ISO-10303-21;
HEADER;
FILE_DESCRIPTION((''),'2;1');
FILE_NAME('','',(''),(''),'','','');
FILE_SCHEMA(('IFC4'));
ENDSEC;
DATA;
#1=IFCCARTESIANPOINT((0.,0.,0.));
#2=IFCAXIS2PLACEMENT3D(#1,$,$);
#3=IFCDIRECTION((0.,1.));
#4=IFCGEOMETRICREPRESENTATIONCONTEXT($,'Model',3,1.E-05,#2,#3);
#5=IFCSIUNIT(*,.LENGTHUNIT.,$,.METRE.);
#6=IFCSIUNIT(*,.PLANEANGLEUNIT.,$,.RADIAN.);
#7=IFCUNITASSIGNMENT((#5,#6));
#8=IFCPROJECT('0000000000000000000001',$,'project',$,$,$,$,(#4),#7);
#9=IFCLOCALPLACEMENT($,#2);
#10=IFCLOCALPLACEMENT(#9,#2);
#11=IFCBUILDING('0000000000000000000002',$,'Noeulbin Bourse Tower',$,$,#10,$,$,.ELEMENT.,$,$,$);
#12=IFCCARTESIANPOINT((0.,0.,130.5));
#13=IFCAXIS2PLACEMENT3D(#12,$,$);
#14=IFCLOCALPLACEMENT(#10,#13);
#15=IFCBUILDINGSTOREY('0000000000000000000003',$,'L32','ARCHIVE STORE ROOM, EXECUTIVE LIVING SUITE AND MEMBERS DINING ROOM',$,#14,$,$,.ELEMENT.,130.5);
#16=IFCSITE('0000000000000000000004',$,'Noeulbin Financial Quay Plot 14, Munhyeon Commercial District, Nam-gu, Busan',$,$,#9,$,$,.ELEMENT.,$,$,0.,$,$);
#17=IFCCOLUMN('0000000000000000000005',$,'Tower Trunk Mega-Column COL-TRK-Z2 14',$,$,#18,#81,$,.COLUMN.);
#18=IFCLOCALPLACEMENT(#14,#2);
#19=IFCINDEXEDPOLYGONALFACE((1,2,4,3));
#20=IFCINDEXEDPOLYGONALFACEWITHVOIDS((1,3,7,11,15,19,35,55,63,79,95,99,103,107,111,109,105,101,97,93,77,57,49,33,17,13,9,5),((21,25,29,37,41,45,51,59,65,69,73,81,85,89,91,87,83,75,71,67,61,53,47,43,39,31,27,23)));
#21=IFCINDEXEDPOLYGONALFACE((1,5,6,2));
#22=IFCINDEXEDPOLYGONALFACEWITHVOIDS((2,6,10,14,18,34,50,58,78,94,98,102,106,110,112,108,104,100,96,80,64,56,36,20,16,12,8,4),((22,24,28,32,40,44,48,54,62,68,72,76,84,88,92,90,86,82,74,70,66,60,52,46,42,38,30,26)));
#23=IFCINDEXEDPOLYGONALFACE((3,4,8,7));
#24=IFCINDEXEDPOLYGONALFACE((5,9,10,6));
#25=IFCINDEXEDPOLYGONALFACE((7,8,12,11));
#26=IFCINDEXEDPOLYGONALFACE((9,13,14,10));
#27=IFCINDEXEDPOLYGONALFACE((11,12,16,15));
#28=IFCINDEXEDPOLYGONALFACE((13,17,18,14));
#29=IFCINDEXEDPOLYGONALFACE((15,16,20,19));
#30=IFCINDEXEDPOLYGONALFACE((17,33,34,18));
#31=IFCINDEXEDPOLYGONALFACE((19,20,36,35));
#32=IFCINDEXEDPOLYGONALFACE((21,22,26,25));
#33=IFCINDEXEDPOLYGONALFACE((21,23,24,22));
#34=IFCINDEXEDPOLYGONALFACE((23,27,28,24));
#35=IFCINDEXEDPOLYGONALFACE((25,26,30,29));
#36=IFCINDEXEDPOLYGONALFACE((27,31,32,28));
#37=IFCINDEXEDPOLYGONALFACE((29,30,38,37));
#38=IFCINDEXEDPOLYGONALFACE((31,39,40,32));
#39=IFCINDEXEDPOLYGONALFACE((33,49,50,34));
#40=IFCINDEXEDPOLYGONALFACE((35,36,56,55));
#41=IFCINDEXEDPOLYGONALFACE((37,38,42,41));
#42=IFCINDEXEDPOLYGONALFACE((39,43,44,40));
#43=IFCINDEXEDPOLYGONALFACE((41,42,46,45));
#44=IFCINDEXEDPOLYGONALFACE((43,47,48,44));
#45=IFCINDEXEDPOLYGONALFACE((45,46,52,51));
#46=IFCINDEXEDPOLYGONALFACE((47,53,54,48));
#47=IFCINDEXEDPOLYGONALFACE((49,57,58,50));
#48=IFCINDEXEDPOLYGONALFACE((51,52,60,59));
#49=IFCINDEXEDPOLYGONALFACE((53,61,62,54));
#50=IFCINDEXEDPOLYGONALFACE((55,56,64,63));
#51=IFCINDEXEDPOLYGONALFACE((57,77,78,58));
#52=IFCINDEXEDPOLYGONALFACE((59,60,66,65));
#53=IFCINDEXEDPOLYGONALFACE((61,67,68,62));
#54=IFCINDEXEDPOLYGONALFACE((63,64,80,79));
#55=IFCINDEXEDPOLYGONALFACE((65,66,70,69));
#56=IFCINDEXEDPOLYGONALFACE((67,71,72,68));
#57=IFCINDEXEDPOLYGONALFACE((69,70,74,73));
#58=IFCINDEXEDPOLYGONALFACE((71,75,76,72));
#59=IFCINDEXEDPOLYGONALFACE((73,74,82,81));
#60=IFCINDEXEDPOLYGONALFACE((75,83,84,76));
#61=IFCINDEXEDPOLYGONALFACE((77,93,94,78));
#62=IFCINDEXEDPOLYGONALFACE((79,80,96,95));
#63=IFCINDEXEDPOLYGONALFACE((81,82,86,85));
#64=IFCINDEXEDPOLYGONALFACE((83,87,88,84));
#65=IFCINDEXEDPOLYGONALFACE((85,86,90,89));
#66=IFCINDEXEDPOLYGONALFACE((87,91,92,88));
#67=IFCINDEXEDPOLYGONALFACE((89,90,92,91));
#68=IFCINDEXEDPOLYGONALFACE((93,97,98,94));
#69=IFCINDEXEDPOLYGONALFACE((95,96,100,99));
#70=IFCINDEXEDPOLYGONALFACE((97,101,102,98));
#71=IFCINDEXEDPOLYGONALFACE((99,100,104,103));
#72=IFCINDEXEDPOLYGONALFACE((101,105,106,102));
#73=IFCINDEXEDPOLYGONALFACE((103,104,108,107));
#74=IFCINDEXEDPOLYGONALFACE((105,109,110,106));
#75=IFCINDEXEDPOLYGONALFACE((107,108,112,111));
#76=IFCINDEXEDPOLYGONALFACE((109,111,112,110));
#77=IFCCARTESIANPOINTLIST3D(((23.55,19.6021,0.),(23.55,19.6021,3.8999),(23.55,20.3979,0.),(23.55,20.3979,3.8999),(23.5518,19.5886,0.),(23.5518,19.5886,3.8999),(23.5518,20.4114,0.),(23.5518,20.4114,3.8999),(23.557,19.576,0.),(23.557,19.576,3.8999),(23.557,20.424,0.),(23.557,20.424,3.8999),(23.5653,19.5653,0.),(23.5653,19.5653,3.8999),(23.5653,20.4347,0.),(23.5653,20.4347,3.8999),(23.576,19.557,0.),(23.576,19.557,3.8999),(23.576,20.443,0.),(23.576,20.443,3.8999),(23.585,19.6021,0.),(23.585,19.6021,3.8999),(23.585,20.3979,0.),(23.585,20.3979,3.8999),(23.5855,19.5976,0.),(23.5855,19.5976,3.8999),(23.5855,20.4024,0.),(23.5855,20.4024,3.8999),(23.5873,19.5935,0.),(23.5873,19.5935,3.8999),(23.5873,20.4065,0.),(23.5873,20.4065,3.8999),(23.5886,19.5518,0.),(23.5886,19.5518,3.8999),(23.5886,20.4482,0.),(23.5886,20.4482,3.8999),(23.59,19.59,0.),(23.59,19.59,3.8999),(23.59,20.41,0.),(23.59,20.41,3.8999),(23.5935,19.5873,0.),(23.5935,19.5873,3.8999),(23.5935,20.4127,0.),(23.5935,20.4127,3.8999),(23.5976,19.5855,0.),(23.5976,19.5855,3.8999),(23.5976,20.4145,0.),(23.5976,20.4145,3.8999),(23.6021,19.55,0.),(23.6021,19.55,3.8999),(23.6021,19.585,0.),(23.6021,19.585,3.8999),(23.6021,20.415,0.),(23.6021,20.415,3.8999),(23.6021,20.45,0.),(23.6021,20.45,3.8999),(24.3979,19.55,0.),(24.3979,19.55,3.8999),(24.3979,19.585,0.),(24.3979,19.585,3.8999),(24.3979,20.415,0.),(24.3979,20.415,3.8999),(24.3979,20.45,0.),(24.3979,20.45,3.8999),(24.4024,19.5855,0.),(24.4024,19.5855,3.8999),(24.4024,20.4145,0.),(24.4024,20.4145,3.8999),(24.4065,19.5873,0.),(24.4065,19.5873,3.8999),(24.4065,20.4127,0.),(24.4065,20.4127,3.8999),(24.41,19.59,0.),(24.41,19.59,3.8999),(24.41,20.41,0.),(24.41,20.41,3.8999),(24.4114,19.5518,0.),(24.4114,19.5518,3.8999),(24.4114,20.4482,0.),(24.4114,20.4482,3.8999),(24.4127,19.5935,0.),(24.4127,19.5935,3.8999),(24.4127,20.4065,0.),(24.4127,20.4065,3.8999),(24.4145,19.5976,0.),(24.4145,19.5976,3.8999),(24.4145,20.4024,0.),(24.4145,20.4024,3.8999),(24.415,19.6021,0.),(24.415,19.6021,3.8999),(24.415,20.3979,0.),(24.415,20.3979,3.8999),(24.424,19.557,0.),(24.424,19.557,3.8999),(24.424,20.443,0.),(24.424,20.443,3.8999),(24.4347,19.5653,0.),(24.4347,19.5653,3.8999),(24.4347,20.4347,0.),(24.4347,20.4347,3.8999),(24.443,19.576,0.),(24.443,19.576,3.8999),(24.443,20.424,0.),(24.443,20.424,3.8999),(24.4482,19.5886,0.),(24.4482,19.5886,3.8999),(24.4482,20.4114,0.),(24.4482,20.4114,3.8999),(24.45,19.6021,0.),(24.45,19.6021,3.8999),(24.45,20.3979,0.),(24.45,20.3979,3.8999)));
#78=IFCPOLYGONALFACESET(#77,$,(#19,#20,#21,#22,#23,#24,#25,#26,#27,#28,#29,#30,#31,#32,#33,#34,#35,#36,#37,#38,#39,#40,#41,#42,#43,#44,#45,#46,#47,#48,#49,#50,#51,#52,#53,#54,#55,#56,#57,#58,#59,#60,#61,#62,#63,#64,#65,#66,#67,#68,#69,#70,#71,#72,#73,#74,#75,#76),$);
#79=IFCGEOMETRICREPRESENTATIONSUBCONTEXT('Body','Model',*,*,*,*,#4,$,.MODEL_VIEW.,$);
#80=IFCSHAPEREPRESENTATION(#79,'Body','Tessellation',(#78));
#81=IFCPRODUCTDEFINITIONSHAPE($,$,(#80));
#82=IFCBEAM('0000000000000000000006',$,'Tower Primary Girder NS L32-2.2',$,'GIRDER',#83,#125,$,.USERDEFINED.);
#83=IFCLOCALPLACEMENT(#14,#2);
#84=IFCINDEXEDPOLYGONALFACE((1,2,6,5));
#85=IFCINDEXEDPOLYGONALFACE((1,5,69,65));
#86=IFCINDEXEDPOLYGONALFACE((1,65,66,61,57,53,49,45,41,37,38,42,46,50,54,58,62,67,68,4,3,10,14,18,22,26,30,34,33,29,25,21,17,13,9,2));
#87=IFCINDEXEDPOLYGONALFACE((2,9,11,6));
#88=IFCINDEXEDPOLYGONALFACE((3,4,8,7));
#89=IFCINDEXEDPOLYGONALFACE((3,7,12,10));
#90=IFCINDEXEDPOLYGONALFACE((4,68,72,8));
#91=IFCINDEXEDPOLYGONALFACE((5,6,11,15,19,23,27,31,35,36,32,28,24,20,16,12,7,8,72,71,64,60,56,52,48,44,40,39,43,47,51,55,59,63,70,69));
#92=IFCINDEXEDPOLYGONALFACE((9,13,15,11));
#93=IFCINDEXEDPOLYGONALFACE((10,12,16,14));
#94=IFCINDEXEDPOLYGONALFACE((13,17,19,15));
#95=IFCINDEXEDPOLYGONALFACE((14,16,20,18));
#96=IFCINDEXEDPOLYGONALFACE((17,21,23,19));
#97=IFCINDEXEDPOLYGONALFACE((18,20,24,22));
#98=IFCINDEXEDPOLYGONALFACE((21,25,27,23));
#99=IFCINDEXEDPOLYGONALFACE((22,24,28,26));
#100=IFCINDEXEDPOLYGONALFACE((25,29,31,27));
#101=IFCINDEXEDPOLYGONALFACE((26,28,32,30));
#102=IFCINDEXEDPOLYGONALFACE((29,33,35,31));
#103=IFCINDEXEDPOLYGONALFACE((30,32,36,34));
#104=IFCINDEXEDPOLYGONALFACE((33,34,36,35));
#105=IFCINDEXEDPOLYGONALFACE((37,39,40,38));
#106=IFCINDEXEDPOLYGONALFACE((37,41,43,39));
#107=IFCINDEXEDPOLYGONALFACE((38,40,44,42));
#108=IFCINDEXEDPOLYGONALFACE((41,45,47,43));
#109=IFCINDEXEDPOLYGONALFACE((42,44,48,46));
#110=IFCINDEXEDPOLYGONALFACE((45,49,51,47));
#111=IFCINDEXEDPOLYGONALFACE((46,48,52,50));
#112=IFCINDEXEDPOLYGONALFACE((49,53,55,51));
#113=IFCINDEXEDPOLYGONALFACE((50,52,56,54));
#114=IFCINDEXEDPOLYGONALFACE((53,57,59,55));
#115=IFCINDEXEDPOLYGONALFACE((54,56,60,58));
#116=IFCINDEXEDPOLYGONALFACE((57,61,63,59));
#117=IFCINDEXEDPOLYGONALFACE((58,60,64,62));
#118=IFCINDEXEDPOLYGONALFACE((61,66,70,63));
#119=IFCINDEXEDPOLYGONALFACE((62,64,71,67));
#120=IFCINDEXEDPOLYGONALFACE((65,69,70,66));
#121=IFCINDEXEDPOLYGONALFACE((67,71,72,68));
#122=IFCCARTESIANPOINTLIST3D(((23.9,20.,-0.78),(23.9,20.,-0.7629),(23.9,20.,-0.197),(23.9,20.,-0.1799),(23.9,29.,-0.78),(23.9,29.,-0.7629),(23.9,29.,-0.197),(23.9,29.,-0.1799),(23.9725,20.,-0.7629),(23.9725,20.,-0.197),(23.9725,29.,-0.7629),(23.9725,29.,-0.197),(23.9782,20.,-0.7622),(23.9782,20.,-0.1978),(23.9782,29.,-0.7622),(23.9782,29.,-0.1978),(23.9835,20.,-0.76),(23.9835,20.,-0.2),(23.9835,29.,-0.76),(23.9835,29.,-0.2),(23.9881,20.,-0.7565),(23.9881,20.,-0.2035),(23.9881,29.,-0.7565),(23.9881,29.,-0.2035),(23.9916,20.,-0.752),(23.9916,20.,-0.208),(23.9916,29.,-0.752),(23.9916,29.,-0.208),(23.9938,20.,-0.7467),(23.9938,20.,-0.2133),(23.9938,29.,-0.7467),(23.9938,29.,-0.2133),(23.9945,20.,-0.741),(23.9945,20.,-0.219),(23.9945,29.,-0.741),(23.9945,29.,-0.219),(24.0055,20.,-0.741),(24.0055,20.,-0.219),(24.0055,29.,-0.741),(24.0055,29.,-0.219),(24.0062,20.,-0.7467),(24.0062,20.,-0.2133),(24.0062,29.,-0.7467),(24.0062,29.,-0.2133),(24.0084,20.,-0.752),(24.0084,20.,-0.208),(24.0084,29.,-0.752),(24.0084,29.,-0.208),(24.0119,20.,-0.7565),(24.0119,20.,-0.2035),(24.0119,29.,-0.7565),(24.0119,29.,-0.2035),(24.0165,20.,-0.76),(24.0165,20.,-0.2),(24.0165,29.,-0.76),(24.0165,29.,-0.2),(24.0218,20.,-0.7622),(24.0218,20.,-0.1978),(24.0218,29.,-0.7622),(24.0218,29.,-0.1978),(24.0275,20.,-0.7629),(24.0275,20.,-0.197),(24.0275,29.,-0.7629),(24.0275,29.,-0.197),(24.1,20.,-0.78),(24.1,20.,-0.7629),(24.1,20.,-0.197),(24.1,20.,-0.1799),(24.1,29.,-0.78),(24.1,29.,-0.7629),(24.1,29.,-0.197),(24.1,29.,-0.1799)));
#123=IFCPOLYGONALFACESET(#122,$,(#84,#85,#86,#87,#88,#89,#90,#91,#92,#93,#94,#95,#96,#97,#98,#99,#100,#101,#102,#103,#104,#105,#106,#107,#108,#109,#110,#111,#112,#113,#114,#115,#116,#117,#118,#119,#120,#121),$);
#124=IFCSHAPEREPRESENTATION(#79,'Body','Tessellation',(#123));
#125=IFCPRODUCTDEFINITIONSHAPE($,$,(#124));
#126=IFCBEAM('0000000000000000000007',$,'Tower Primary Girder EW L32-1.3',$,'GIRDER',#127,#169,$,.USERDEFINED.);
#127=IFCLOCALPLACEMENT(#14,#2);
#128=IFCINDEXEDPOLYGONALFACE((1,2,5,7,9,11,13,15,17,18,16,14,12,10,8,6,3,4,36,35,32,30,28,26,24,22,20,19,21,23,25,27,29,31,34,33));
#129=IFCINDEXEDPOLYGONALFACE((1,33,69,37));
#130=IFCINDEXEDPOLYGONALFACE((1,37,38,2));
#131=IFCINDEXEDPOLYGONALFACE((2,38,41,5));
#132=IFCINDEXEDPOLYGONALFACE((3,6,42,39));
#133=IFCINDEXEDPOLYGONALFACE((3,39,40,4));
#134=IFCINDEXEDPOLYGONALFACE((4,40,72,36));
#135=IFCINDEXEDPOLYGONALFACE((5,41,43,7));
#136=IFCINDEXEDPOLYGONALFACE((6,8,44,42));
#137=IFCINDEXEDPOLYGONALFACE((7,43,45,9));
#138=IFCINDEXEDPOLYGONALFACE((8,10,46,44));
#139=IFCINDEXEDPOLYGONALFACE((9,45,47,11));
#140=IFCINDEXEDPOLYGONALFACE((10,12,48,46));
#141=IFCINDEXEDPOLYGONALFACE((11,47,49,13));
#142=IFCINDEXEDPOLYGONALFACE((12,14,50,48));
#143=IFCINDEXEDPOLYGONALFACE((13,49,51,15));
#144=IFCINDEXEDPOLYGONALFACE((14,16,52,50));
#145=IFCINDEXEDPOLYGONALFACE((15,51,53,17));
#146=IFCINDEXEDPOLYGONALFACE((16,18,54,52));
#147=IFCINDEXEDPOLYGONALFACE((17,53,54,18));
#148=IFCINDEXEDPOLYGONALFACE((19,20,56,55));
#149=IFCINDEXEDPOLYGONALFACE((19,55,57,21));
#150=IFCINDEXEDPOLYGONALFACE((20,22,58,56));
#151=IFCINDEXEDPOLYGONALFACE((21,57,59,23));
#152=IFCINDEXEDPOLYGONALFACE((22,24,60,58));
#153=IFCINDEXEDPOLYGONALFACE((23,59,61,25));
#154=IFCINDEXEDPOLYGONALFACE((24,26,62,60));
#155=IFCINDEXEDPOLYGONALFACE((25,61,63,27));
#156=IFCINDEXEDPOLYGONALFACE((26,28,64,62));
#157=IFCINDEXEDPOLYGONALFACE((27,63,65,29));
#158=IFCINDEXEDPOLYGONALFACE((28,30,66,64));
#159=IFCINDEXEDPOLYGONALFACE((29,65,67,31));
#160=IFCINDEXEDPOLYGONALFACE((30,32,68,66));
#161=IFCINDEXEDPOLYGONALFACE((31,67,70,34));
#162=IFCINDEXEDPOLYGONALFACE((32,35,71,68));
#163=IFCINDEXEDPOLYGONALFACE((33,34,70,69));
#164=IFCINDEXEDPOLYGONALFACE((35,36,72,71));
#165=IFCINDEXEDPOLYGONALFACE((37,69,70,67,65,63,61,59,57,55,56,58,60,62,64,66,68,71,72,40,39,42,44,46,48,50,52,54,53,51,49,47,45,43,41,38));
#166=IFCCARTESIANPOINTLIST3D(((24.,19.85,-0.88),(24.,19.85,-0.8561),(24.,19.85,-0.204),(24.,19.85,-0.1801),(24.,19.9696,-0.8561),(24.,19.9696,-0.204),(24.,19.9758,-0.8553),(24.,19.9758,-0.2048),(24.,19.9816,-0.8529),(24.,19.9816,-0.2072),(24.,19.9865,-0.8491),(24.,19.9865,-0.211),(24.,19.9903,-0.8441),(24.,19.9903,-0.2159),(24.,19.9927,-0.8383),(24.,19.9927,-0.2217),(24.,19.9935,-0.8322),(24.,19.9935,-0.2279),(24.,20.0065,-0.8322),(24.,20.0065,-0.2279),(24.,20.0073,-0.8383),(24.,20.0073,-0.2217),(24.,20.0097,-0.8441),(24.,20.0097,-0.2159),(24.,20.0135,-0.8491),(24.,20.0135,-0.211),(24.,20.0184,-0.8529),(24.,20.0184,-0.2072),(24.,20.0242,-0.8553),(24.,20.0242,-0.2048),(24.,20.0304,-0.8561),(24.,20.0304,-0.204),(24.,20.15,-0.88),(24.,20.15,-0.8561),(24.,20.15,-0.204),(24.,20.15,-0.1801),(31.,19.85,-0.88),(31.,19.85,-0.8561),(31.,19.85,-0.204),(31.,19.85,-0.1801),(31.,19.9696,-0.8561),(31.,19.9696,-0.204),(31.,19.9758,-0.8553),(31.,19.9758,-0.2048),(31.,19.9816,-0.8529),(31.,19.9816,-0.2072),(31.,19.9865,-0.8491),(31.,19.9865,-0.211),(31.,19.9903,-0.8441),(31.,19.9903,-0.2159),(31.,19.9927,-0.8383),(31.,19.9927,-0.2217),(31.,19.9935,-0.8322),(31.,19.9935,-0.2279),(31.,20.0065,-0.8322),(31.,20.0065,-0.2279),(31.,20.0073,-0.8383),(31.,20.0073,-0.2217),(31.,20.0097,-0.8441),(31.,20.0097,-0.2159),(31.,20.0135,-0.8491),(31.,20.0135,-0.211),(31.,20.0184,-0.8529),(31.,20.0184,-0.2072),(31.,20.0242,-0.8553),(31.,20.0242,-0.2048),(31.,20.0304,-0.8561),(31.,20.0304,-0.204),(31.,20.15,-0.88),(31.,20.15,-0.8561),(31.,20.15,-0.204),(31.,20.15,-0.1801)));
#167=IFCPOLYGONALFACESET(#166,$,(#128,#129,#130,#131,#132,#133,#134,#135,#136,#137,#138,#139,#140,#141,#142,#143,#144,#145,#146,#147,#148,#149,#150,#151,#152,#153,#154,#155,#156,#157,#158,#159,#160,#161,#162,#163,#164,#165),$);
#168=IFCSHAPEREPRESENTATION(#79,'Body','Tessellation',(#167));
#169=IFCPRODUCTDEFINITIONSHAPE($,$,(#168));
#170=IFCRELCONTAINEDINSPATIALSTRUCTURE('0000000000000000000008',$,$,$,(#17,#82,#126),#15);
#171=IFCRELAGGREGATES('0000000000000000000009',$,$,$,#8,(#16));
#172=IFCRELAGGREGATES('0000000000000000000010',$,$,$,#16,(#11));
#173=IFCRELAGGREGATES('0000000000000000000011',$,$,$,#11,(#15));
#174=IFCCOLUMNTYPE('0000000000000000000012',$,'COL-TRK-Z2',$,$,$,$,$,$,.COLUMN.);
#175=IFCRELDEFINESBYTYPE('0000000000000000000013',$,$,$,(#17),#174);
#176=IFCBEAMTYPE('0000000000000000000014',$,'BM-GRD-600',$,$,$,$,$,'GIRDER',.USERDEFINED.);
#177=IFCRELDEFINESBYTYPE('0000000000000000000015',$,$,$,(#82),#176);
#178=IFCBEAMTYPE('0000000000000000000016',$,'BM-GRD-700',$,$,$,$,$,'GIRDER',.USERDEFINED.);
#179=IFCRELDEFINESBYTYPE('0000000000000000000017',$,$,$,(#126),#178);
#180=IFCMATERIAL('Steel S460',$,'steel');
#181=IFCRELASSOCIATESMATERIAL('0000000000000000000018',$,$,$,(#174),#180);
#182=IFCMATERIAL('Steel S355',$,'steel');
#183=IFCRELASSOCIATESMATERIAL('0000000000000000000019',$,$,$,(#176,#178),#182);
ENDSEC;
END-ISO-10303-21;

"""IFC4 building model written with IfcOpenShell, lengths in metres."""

from ifc_helpers import new_model, si_unit, direction, frame, origin, origin_2d, place, context, subcontext, project, spatial, hollow_rectangle, i_section, extrude, material, material_profile, profile_set, type_object, element, save


model = new_model("IFC4")

# Units and contexts
model_context = context("Model", 3, precision=1e-05, world=origin(), true_north=direction((0.0, 1.0)))
body_context = subcontext(model_context, "Body", "Model", "MODEL_VIEW")
ifc_project = project(units=[si_unit("LENGTHUNIT", "METRE"), si_unit("PLANEANGLEUNIT", "RADIAN")], contexts=[model_context])

# Site, building, storey
site_placement = place(None, origin())
site = spatial("IfcSite", under=ifc_project, at=site_placement, Name="Noeulbin Financial Quay Plot 14, Munhyeon Commercial District, Nam-gu, Busan", CompositionType="ELEMENT", RefElevation=0.0)
building_placement = place(site_placement, origin())
building = spatial("IfcBuilding", under=site, at=building_placement, Name="Noeulbin Bourse Tower", CompositionType="ELEMENT")
storey_placement = place(building_placement, frame((0.0, 0.0, 130.5)))
storey = spatial("IfcBuildingStorey", under=building, at=storey_placement, Name="L32", Description="ARCHIVE STORE ROOM, EXECUTIVE LIVING SUITE AND MEMBERS DINING ROOM", CompositionType="ELEMENT", Elevation=130.5)

# Column
ifc_material_1 = material(Name="Steel S460", Category="steel")
ifc_material_profile_1 = material_profile(ifc_material_1, hollow_rectangle(XDim=0.8999, YDim=0.8999, WallThickness=0.0349, InnerFilletRadius=0.0171, OuterFilletRadius=0.052, at=origin_2d()), Name="BOX-900x900x35", Category="LoadBearing")
ifc_profile_set_1 = profile_set([ifc_material_profile_1], Name="Steel S460")
column_type = type_object("IfcColumnType", Name="COL-TRK-Z2", PredefinedType="COLUMN", material=ifc_profile_set_1)
column_placement = place(storey_placement, frame((24.0, 20.0, 0.0), z_axis=(0.0, 0.0, 1.0), x_axis=(1.0, 0.0, 0.0)))
element("IfcColumn", 1, at=column_placement, inside=storey, type_object=column_type, Name="Tower Trunk Mega-Column COL-TRK-Z2 14", PredefinedType="COLUMN", context=body_context, shape_type="SweptSolid", body=[
    extrude(hollow_rectangle(XDim=0.8999, YDim=0.8999, WallThickness=0.0349, InnerFilletRadius=0.0171, OuterFilletRadius=0.052, at=origin_2d()), origin(), (0.0, 0.0, 1.0), 3.8999),
])

# Beams
ifc_material_2 = material(Name="Steel S355", Category="steel")
ifc_material_profile_2 = material_profile(ifc_material_2, i_section(OverallWidth=0.2, OverallDepth=0.6001, WebThickness=0.011, FlangeThickness=0.0171, FilletRadius=0.022, at=origin_2d()), Name="H-600x200x11x17", Category="LoadBearing")
ifc_profile_set_2 = profile_set([ifc_material_profile_2], Name="Steel S355")
beam_type_1 = type_object("IfcBeamType", Name="BM-GRD-600", ElementType="GIRDER", PredefinedType="USERDEFINED", material=ifc_profile_set_2)
beam_1_placement = place(storey_placement, frame((24.0, 20.0, -0.48), z_axis=(0.0, 1.0, 0.0), x_axis=(-1.0, 0.0, 0.0)))
element("IfcBeam", 2, at=beam_1_placement, inside=storey, type_object=beam_type_1, Name="Tower Primary Girder NS L32-2.2", ObjectType="GIRDER", PredefinedType="USERDEFINED", context=body_context, shape_type="SweptSolid", body=[
    extrude(i_section(OverallWidth=0.2, OverallDepth=0.6001, WebThickness=0.011, FlangeThickness=0.0171, FilletRadius=0.022, at=origin_2d()), origin(), (0.0, 0.0, 1.0), 9.0),
])
ifc_material_profile_3 = material_profile(ifc_material_2, i_section(OverallWidth=0.3, OverallDepth=0.7, WebThickness=0.0129, FlangeThickness=0.0239, FilletRadius=0.0239, at=origin_2d()), Name="H-700x300x13x24", Category="LoadBearing")
ifc_profile_set_3 = profile_set([ifc_material_profile_3], Name="Steel S355")
beam_type_2 = type_object("IfcBeamType", Name="BM-GRD-700", ElementType="GIRDER", PredefinedType="USERDEFINED", material=ifc_profile_set_3)
beam_2_placement = place(storey_placement, frame((24.0, 20.0, -0.53), z_axis=(1.0, 0.0, 0.0), x_axis=(0.0, 1.0, 0.0)))
element("IfcBeam", 3, at=beam_2_placement, inside=storey, type_object=beam_type_2, Name="Tower Primary Girder EW L32-1.3", ObjectType="GIRDER", PredefinedType="USERDEFINED", context=body_context, shape_type="SweptSolid", body=[
    extrude(i_section(OverallWidth=0.3, OverallDepth=0.7, WebThickness=0.0129, FlangeThickness=0.0239, FilletRadius=0.0239, at=origin_2d()), origin(), (0.0, 0.0, 1.0), 7.0),
])

save(model, "model.ifc")
